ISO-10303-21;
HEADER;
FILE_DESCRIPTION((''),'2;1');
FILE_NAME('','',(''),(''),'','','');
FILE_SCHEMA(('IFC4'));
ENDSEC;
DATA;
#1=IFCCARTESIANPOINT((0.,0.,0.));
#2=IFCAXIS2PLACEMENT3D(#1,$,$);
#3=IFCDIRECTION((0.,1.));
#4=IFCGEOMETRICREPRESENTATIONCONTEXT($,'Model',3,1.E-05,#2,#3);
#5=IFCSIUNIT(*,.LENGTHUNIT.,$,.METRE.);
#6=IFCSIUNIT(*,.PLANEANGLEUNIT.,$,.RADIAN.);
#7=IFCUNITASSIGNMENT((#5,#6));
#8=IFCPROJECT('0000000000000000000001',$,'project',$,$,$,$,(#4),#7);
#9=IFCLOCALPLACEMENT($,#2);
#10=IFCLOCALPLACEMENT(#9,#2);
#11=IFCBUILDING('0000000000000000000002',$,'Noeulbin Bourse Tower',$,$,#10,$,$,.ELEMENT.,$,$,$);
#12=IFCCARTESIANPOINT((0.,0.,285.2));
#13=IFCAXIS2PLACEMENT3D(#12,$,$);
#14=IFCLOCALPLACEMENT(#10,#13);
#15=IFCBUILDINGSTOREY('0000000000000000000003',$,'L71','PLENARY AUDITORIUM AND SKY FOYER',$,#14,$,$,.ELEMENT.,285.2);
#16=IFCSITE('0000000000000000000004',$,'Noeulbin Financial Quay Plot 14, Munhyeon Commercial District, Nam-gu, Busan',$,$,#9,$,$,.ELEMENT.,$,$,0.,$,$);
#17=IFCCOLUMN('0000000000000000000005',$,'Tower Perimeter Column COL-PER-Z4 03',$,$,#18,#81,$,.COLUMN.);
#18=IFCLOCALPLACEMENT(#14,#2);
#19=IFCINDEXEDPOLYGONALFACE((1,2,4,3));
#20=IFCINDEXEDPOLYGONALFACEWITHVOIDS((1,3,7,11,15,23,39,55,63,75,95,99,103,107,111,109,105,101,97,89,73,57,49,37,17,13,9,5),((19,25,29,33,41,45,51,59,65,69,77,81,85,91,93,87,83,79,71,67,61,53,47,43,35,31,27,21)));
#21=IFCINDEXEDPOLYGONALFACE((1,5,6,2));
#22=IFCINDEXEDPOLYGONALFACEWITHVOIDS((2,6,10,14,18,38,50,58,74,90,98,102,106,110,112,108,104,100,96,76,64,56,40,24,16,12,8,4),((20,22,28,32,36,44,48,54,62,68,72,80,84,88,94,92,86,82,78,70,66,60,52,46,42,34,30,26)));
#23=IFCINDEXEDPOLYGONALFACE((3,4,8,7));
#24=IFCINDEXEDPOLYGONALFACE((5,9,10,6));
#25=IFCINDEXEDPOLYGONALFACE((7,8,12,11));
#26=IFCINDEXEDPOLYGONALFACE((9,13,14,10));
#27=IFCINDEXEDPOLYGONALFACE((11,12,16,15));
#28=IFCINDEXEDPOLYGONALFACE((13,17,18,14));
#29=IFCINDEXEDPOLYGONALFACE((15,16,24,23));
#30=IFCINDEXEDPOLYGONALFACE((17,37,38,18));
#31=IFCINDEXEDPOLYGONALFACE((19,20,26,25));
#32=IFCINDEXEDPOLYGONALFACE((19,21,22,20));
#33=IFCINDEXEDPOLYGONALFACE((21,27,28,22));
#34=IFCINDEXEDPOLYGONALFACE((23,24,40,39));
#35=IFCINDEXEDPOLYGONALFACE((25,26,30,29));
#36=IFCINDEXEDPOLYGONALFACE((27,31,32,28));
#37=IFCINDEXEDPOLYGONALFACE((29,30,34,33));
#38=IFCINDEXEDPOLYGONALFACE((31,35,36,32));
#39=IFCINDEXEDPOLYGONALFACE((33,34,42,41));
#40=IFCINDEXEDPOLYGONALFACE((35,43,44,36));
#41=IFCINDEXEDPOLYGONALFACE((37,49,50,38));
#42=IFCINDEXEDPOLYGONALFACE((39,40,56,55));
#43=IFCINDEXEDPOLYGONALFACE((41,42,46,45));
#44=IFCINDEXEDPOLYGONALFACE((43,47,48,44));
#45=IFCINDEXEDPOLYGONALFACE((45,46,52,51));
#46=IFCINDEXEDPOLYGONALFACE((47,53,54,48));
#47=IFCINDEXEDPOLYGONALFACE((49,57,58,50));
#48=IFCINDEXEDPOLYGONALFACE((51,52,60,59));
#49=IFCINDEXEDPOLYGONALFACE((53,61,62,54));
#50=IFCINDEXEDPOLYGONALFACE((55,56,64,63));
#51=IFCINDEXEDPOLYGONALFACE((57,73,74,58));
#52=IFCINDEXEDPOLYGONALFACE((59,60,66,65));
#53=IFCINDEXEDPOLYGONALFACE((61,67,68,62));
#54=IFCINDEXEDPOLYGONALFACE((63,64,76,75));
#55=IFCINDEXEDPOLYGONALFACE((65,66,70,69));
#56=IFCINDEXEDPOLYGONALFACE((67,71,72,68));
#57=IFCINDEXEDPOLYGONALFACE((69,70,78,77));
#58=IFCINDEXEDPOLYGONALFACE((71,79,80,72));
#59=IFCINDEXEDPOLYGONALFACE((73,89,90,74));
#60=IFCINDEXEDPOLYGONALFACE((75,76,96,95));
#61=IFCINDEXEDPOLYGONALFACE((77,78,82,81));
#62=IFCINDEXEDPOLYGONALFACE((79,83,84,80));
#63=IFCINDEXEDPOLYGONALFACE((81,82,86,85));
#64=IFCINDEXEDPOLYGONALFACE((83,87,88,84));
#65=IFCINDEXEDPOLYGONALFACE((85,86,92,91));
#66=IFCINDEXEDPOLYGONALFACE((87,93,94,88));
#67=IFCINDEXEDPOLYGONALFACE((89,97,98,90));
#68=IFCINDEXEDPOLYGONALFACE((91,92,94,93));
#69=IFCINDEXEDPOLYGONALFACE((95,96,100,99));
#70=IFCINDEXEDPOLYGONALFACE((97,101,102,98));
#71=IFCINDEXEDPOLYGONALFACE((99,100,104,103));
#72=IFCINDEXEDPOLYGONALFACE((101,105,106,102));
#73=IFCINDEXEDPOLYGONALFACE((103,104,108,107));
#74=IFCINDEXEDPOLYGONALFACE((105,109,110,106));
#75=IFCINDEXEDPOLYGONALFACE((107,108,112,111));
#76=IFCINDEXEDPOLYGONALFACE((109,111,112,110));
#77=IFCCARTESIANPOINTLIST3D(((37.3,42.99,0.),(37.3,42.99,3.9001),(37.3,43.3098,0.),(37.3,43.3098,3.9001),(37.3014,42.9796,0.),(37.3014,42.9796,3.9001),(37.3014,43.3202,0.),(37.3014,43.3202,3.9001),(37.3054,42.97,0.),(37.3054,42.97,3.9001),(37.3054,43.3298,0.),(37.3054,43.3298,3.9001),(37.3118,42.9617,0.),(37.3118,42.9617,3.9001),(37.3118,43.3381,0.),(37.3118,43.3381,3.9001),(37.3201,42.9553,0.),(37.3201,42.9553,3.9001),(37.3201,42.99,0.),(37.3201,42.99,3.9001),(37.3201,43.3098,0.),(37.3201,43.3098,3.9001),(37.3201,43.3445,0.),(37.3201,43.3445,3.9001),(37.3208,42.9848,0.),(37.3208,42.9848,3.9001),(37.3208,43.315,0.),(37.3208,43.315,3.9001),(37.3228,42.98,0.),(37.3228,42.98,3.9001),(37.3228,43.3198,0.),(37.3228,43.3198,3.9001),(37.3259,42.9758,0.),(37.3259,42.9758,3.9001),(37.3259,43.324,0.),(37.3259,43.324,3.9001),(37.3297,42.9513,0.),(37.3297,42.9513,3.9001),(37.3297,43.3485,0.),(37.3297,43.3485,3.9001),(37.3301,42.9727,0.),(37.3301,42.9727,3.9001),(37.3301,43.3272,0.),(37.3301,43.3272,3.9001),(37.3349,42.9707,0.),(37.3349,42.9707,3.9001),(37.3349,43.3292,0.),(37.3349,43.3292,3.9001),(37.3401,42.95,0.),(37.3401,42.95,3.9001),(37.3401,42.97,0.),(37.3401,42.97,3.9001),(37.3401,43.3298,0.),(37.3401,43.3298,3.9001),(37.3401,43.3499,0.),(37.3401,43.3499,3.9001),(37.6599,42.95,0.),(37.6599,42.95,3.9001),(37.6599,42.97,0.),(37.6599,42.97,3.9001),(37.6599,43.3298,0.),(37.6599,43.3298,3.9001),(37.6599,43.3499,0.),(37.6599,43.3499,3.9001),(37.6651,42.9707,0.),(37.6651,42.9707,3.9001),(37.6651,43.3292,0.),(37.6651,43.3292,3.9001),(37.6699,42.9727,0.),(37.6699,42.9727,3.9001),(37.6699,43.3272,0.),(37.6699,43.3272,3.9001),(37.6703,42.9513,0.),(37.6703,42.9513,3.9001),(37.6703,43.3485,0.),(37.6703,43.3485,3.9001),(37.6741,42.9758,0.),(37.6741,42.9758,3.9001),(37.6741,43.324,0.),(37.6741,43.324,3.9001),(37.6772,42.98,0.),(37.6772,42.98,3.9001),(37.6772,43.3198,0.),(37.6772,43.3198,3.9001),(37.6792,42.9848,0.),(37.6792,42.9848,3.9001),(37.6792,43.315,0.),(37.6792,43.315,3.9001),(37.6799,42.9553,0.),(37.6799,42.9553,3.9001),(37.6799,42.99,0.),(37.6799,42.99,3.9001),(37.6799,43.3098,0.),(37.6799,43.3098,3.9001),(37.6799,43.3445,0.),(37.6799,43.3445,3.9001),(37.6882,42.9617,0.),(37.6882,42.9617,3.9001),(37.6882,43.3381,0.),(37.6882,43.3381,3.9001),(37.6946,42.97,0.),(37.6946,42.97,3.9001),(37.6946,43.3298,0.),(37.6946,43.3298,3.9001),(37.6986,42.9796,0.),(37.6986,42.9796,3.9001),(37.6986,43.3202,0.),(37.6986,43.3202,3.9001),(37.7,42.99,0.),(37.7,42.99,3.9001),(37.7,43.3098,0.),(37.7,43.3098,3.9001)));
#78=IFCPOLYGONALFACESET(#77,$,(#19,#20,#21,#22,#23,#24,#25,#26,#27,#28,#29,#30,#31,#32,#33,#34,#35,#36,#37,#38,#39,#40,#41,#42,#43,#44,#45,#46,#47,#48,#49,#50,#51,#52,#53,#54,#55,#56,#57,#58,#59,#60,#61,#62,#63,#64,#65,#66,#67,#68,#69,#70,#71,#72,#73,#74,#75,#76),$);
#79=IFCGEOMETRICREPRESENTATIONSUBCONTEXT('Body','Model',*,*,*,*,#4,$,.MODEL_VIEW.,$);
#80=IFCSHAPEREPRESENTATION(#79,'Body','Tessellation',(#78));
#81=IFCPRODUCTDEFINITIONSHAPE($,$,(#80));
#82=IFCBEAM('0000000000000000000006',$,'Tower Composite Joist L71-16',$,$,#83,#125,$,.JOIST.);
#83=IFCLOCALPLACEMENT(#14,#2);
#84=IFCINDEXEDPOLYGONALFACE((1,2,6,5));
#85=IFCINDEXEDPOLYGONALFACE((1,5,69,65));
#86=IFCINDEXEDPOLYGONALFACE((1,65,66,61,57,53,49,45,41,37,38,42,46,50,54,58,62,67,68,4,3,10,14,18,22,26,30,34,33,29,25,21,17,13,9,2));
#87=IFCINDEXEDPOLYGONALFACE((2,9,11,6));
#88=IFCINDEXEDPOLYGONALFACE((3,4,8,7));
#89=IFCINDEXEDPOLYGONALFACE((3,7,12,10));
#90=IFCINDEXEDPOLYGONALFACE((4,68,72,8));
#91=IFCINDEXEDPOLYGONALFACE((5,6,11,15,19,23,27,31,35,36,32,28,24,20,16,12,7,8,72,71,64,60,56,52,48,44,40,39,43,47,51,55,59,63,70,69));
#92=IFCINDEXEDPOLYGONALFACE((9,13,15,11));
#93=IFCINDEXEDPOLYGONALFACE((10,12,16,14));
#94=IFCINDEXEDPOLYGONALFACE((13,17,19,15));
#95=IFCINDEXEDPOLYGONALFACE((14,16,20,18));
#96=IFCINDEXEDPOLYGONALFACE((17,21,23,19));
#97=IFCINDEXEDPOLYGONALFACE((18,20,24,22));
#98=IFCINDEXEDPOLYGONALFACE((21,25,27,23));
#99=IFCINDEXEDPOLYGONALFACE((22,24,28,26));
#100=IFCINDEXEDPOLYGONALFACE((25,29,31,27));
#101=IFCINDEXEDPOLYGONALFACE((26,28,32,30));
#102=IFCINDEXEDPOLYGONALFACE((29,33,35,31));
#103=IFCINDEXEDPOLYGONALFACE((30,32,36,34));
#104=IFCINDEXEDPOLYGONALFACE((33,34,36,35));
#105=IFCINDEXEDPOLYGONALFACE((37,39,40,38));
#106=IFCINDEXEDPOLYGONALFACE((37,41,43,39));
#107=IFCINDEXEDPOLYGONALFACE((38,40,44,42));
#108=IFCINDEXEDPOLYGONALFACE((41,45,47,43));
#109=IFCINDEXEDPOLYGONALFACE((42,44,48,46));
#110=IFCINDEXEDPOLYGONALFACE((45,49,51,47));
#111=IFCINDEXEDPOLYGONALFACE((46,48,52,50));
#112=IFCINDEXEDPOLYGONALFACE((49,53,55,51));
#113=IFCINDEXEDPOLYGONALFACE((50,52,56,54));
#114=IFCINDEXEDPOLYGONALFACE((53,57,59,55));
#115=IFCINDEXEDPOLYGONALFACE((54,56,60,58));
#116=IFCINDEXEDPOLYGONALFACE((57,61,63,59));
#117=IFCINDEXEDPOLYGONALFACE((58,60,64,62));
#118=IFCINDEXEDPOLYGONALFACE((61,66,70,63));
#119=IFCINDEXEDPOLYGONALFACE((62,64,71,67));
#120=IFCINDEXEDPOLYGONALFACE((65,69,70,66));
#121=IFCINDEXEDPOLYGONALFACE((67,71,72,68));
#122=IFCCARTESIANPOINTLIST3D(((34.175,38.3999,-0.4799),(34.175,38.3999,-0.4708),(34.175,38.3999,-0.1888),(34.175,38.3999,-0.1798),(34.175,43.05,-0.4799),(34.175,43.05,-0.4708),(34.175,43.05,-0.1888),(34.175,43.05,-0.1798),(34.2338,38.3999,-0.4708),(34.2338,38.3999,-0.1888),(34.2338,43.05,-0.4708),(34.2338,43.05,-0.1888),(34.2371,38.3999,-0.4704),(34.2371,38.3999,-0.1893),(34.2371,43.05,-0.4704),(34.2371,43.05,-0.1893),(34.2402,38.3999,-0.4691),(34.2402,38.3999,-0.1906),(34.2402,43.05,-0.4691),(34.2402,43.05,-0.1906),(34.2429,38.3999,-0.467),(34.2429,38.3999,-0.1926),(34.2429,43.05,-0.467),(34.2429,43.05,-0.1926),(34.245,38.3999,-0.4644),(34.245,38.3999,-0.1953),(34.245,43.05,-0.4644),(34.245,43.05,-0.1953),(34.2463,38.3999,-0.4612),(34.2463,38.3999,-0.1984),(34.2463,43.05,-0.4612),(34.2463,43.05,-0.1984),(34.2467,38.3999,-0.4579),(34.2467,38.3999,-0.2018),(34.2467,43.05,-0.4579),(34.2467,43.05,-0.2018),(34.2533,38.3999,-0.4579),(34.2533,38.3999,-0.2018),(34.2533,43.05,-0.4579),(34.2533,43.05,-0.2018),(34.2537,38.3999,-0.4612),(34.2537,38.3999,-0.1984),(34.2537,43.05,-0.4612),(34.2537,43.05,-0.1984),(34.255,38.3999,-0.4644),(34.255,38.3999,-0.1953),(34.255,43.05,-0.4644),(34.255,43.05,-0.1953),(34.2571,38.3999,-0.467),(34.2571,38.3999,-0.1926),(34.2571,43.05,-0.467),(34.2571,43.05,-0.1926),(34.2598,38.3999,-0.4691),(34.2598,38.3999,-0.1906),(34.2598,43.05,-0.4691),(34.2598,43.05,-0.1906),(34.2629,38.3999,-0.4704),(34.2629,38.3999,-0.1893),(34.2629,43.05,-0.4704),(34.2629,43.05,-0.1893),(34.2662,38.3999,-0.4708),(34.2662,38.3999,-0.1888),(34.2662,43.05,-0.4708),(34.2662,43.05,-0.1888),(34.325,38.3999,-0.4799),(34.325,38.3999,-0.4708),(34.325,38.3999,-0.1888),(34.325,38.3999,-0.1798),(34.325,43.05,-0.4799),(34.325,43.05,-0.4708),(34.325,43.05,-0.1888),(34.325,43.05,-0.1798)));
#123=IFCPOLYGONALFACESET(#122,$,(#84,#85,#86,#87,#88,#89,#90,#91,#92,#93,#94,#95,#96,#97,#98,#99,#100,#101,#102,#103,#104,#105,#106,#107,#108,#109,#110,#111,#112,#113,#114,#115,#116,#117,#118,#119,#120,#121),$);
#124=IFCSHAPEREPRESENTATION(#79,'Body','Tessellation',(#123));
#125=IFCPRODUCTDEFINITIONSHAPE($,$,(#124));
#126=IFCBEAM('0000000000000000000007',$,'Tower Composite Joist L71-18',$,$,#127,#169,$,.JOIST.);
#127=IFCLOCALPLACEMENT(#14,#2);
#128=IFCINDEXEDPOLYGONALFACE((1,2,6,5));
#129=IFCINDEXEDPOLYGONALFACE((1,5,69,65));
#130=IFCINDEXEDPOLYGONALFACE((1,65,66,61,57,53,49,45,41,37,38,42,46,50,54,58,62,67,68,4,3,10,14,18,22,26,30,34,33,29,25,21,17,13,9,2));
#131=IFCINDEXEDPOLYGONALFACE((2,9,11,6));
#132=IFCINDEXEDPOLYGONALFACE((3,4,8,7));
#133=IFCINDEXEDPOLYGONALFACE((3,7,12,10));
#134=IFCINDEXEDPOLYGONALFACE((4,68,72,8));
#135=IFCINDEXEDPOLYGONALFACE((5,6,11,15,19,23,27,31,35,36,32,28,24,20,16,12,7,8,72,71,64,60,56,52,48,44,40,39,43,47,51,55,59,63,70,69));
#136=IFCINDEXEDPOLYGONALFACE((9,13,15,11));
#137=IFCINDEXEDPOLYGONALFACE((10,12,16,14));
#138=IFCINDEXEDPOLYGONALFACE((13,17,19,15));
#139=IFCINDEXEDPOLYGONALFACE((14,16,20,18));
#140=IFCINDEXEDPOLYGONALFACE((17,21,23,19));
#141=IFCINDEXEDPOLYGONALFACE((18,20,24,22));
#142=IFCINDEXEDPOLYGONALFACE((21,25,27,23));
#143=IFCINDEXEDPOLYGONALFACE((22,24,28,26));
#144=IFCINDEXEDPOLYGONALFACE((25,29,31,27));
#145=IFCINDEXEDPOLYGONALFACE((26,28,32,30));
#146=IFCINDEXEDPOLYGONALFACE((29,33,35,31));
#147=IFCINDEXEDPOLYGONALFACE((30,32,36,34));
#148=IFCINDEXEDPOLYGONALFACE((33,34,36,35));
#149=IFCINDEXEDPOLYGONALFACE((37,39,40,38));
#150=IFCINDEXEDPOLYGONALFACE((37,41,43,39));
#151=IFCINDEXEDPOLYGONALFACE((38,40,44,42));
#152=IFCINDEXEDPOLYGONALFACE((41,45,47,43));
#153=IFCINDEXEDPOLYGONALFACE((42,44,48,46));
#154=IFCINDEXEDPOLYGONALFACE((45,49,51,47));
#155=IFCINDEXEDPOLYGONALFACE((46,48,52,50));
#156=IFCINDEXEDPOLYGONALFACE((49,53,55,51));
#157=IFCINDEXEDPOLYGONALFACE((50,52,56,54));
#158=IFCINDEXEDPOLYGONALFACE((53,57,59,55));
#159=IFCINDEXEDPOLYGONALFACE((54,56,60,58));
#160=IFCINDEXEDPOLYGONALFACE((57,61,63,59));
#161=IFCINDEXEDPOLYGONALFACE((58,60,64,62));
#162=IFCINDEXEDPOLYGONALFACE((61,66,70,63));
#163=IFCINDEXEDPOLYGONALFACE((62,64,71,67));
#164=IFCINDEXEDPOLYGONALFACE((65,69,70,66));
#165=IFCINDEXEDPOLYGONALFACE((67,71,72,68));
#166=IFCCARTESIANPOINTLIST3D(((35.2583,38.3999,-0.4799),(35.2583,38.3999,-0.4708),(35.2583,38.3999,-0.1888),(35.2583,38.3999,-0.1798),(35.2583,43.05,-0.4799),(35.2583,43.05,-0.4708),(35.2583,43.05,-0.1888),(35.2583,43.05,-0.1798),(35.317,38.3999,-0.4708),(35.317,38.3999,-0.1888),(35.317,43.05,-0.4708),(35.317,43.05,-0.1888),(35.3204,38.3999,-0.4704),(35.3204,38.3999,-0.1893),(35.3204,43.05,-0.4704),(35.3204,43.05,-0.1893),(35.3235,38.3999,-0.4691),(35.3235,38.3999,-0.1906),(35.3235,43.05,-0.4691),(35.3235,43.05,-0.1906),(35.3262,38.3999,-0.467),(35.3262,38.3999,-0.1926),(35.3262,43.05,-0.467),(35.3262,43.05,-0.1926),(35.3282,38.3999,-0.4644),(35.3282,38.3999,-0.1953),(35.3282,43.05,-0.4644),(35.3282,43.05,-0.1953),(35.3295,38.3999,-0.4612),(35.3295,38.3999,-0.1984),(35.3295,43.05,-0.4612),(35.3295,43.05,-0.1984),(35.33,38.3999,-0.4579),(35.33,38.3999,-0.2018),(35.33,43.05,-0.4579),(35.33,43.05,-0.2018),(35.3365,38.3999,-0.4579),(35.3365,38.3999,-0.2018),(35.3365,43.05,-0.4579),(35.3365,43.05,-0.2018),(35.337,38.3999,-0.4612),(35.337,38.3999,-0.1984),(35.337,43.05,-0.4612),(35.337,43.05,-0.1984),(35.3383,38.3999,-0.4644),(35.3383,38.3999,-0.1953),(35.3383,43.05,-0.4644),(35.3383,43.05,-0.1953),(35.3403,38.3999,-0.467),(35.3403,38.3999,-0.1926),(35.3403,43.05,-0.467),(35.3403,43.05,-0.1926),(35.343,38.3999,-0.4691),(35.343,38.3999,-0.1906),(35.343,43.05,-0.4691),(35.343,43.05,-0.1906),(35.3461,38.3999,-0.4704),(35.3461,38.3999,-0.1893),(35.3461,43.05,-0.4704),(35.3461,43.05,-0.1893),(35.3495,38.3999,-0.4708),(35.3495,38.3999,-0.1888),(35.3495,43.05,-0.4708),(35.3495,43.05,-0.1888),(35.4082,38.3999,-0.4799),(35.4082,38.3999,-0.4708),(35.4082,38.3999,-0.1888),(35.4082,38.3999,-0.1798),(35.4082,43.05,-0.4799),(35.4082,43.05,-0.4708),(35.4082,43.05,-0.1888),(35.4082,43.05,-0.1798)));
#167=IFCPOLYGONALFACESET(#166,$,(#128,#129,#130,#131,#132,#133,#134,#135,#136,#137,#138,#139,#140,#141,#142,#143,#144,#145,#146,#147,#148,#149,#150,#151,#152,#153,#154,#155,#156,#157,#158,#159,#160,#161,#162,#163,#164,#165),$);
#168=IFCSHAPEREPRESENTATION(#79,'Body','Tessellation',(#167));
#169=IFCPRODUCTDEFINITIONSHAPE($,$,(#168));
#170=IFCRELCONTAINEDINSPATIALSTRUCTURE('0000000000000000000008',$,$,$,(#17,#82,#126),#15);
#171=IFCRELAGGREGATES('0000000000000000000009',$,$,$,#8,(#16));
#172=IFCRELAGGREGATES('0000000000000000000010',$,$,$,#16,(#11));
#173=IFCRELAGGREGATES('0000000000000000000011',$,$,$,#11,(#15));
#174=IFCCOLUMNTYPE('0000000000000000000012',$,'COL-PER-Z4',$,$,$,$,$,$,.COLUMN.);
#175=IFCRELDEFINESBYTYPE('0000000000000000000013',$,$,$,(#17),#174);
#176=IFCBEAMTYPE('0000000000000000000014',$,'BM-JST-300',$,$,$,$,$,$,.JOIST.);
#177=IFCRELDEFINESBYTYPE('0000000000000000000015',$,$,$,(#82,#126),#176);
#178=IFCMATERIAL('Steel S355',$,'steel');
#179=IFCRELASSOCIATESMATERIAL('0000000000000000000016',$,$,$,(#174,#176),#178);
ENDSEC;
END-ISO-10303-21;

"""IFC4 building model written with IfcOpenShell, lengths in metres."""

from ifc_helpers import new_model, si_unit, direction, frame, origin, origin_2d, place, context, subcontext, project, spatial, hollow_rectangle, i_section, extrude, material, material_profile, profile_set, type_object, element, save


model = new_model("IFC4")

# Units and contexts
model_context = context("Model", 3, precision=1e-05, world=origin(), true_north=direction((0.0, 1.0)))
body_context = subcontext(model_context, "Body", "Model", "MODEL_VIEW")
ifc_project = project(units=[si_unit("LENGTHUNIT", "METRE"), si_unit("PLANEANGLEUNIT", "RADIAN")], contexts=[model_context])

# Site, building, storey
site_placement = place(None, origin())
site = spatial("IfcSite", under=ifc_project, at=site_placement, Name="Noeulbin Financial Quay Plot 14, Munhyeon Commercial District, Nam-gu, Busan", CompositionType="ELEMENT", RefElevation=0.0)
building_placement = place(site_placement, origin())
building = spatial("IfcBuilding", under=site, at=building_placement, Name="Noeulbin Bourse Tower", CompositionType="ELEMENT")
storey_placement = place(building_placement, frame((0.0, 0.0, 285.2)))
storey = spatial("IfcBuildingStorey", under=building, at=storey_placement, Name="L71", Description="PLENARY AUDITORIUM AND SKY FOYER", CompositionType="ELEMENT", Elevation=285.2)

# Column
ifc_material_1 = material(Name="Steel S355", Category="steel")
ifc_material_profile_1 = material_profile(ifc_material_1, hollow_rectangle(XDim=0.3999, YDim=0.3999, WallThickness=0.02, InnerFilletRadius=0.02, OuterFilletRadius=0.04, at=origin_2d()), Name="SHS-400x400x20", Category="LoadBearing")
ifc_profile_set_1 = profile_set([ifc_material_profile_1], Name="Steel S355")
column_type = type_object("IfcColumnType", Name="COL-PER-Z4", PredefinedType="COLUMN", material=ifc_profile_set_1)
column_placement = place(storey_placement, frame((37.5, 43.1499, 0.0), z_axis=(0.0, 0.0, 1.0), x_axis=(1.0, 0.0, 0.0)))
element("IfcColumn", 1, at=column_placement, inside=storey, type_object=column_type, Name="Tower Perimeter Column COL-PER-Z4 03", PredefinedType="COLUMN", context=body_context, shape_type="SweptSolid", body=[
    extrude(hollow_rectangle(XDim=0.3999, YDim=0.3999, WallThickness=0.02, InnerFilletRadius=0.02, OuterFilletRadius=0.04, at=origin_2d()), origin(), (0.0, 0.0, 1.0), 3.9001),
])

# Beams
ifc_material_profile_2 = material_profile(ifc_material_1, i_section(OverallWidth=0.1499, OverallDepth=0.3, WebThickness=0.0066, FlangeThickness=0.009, FilletRadius=0.0129, at=origin_2d()), Name="H-300x150x6.5x9", Category="LoadBearing")
ifc_profile_set_2 = profile_set([ifc_material_profile_2], Name="Steel S355")
beam_type_1 = type_object("IfcBeamType", Name="BM-JST-300", PredefinedType="JOIST", material=ifc_profile_set_2)
for number, where, z_axis, x_axis, name in (
    (2, (34.25, 38.3999, -0.3298), (0.0, 1.0, 0.0), (-1.0, 0.0, 0.0), "Tower Composite Joist L71-16"),
    (3, (35.3333, 38.3999, -0.3298), (0.0, 1.0, 0.0), (-1.0, 0.0, 0.0), "Tower Composite Joist L71-18"),
):
    element("IfcBeam", number, at=place(storey_placement, frame(where, z_axis=z_axis, x_axis=x_axis)), inside=storey, type_object=beam_type_1, Name=name, PredefinedType="JOIST", context=body_context, shape_type="SweptSolid", body=[
        extrude(i_section(OverallWidth=0.1499, OverallDepth=0.3, WebThickness=0.0066, FlangeThickness=0.009, FilletRadius=0.0129, at=origin_2d()), origin(), (0.0, 0.0, 1.0), 4.6501),
    ])

save(model, "model.ifc")
